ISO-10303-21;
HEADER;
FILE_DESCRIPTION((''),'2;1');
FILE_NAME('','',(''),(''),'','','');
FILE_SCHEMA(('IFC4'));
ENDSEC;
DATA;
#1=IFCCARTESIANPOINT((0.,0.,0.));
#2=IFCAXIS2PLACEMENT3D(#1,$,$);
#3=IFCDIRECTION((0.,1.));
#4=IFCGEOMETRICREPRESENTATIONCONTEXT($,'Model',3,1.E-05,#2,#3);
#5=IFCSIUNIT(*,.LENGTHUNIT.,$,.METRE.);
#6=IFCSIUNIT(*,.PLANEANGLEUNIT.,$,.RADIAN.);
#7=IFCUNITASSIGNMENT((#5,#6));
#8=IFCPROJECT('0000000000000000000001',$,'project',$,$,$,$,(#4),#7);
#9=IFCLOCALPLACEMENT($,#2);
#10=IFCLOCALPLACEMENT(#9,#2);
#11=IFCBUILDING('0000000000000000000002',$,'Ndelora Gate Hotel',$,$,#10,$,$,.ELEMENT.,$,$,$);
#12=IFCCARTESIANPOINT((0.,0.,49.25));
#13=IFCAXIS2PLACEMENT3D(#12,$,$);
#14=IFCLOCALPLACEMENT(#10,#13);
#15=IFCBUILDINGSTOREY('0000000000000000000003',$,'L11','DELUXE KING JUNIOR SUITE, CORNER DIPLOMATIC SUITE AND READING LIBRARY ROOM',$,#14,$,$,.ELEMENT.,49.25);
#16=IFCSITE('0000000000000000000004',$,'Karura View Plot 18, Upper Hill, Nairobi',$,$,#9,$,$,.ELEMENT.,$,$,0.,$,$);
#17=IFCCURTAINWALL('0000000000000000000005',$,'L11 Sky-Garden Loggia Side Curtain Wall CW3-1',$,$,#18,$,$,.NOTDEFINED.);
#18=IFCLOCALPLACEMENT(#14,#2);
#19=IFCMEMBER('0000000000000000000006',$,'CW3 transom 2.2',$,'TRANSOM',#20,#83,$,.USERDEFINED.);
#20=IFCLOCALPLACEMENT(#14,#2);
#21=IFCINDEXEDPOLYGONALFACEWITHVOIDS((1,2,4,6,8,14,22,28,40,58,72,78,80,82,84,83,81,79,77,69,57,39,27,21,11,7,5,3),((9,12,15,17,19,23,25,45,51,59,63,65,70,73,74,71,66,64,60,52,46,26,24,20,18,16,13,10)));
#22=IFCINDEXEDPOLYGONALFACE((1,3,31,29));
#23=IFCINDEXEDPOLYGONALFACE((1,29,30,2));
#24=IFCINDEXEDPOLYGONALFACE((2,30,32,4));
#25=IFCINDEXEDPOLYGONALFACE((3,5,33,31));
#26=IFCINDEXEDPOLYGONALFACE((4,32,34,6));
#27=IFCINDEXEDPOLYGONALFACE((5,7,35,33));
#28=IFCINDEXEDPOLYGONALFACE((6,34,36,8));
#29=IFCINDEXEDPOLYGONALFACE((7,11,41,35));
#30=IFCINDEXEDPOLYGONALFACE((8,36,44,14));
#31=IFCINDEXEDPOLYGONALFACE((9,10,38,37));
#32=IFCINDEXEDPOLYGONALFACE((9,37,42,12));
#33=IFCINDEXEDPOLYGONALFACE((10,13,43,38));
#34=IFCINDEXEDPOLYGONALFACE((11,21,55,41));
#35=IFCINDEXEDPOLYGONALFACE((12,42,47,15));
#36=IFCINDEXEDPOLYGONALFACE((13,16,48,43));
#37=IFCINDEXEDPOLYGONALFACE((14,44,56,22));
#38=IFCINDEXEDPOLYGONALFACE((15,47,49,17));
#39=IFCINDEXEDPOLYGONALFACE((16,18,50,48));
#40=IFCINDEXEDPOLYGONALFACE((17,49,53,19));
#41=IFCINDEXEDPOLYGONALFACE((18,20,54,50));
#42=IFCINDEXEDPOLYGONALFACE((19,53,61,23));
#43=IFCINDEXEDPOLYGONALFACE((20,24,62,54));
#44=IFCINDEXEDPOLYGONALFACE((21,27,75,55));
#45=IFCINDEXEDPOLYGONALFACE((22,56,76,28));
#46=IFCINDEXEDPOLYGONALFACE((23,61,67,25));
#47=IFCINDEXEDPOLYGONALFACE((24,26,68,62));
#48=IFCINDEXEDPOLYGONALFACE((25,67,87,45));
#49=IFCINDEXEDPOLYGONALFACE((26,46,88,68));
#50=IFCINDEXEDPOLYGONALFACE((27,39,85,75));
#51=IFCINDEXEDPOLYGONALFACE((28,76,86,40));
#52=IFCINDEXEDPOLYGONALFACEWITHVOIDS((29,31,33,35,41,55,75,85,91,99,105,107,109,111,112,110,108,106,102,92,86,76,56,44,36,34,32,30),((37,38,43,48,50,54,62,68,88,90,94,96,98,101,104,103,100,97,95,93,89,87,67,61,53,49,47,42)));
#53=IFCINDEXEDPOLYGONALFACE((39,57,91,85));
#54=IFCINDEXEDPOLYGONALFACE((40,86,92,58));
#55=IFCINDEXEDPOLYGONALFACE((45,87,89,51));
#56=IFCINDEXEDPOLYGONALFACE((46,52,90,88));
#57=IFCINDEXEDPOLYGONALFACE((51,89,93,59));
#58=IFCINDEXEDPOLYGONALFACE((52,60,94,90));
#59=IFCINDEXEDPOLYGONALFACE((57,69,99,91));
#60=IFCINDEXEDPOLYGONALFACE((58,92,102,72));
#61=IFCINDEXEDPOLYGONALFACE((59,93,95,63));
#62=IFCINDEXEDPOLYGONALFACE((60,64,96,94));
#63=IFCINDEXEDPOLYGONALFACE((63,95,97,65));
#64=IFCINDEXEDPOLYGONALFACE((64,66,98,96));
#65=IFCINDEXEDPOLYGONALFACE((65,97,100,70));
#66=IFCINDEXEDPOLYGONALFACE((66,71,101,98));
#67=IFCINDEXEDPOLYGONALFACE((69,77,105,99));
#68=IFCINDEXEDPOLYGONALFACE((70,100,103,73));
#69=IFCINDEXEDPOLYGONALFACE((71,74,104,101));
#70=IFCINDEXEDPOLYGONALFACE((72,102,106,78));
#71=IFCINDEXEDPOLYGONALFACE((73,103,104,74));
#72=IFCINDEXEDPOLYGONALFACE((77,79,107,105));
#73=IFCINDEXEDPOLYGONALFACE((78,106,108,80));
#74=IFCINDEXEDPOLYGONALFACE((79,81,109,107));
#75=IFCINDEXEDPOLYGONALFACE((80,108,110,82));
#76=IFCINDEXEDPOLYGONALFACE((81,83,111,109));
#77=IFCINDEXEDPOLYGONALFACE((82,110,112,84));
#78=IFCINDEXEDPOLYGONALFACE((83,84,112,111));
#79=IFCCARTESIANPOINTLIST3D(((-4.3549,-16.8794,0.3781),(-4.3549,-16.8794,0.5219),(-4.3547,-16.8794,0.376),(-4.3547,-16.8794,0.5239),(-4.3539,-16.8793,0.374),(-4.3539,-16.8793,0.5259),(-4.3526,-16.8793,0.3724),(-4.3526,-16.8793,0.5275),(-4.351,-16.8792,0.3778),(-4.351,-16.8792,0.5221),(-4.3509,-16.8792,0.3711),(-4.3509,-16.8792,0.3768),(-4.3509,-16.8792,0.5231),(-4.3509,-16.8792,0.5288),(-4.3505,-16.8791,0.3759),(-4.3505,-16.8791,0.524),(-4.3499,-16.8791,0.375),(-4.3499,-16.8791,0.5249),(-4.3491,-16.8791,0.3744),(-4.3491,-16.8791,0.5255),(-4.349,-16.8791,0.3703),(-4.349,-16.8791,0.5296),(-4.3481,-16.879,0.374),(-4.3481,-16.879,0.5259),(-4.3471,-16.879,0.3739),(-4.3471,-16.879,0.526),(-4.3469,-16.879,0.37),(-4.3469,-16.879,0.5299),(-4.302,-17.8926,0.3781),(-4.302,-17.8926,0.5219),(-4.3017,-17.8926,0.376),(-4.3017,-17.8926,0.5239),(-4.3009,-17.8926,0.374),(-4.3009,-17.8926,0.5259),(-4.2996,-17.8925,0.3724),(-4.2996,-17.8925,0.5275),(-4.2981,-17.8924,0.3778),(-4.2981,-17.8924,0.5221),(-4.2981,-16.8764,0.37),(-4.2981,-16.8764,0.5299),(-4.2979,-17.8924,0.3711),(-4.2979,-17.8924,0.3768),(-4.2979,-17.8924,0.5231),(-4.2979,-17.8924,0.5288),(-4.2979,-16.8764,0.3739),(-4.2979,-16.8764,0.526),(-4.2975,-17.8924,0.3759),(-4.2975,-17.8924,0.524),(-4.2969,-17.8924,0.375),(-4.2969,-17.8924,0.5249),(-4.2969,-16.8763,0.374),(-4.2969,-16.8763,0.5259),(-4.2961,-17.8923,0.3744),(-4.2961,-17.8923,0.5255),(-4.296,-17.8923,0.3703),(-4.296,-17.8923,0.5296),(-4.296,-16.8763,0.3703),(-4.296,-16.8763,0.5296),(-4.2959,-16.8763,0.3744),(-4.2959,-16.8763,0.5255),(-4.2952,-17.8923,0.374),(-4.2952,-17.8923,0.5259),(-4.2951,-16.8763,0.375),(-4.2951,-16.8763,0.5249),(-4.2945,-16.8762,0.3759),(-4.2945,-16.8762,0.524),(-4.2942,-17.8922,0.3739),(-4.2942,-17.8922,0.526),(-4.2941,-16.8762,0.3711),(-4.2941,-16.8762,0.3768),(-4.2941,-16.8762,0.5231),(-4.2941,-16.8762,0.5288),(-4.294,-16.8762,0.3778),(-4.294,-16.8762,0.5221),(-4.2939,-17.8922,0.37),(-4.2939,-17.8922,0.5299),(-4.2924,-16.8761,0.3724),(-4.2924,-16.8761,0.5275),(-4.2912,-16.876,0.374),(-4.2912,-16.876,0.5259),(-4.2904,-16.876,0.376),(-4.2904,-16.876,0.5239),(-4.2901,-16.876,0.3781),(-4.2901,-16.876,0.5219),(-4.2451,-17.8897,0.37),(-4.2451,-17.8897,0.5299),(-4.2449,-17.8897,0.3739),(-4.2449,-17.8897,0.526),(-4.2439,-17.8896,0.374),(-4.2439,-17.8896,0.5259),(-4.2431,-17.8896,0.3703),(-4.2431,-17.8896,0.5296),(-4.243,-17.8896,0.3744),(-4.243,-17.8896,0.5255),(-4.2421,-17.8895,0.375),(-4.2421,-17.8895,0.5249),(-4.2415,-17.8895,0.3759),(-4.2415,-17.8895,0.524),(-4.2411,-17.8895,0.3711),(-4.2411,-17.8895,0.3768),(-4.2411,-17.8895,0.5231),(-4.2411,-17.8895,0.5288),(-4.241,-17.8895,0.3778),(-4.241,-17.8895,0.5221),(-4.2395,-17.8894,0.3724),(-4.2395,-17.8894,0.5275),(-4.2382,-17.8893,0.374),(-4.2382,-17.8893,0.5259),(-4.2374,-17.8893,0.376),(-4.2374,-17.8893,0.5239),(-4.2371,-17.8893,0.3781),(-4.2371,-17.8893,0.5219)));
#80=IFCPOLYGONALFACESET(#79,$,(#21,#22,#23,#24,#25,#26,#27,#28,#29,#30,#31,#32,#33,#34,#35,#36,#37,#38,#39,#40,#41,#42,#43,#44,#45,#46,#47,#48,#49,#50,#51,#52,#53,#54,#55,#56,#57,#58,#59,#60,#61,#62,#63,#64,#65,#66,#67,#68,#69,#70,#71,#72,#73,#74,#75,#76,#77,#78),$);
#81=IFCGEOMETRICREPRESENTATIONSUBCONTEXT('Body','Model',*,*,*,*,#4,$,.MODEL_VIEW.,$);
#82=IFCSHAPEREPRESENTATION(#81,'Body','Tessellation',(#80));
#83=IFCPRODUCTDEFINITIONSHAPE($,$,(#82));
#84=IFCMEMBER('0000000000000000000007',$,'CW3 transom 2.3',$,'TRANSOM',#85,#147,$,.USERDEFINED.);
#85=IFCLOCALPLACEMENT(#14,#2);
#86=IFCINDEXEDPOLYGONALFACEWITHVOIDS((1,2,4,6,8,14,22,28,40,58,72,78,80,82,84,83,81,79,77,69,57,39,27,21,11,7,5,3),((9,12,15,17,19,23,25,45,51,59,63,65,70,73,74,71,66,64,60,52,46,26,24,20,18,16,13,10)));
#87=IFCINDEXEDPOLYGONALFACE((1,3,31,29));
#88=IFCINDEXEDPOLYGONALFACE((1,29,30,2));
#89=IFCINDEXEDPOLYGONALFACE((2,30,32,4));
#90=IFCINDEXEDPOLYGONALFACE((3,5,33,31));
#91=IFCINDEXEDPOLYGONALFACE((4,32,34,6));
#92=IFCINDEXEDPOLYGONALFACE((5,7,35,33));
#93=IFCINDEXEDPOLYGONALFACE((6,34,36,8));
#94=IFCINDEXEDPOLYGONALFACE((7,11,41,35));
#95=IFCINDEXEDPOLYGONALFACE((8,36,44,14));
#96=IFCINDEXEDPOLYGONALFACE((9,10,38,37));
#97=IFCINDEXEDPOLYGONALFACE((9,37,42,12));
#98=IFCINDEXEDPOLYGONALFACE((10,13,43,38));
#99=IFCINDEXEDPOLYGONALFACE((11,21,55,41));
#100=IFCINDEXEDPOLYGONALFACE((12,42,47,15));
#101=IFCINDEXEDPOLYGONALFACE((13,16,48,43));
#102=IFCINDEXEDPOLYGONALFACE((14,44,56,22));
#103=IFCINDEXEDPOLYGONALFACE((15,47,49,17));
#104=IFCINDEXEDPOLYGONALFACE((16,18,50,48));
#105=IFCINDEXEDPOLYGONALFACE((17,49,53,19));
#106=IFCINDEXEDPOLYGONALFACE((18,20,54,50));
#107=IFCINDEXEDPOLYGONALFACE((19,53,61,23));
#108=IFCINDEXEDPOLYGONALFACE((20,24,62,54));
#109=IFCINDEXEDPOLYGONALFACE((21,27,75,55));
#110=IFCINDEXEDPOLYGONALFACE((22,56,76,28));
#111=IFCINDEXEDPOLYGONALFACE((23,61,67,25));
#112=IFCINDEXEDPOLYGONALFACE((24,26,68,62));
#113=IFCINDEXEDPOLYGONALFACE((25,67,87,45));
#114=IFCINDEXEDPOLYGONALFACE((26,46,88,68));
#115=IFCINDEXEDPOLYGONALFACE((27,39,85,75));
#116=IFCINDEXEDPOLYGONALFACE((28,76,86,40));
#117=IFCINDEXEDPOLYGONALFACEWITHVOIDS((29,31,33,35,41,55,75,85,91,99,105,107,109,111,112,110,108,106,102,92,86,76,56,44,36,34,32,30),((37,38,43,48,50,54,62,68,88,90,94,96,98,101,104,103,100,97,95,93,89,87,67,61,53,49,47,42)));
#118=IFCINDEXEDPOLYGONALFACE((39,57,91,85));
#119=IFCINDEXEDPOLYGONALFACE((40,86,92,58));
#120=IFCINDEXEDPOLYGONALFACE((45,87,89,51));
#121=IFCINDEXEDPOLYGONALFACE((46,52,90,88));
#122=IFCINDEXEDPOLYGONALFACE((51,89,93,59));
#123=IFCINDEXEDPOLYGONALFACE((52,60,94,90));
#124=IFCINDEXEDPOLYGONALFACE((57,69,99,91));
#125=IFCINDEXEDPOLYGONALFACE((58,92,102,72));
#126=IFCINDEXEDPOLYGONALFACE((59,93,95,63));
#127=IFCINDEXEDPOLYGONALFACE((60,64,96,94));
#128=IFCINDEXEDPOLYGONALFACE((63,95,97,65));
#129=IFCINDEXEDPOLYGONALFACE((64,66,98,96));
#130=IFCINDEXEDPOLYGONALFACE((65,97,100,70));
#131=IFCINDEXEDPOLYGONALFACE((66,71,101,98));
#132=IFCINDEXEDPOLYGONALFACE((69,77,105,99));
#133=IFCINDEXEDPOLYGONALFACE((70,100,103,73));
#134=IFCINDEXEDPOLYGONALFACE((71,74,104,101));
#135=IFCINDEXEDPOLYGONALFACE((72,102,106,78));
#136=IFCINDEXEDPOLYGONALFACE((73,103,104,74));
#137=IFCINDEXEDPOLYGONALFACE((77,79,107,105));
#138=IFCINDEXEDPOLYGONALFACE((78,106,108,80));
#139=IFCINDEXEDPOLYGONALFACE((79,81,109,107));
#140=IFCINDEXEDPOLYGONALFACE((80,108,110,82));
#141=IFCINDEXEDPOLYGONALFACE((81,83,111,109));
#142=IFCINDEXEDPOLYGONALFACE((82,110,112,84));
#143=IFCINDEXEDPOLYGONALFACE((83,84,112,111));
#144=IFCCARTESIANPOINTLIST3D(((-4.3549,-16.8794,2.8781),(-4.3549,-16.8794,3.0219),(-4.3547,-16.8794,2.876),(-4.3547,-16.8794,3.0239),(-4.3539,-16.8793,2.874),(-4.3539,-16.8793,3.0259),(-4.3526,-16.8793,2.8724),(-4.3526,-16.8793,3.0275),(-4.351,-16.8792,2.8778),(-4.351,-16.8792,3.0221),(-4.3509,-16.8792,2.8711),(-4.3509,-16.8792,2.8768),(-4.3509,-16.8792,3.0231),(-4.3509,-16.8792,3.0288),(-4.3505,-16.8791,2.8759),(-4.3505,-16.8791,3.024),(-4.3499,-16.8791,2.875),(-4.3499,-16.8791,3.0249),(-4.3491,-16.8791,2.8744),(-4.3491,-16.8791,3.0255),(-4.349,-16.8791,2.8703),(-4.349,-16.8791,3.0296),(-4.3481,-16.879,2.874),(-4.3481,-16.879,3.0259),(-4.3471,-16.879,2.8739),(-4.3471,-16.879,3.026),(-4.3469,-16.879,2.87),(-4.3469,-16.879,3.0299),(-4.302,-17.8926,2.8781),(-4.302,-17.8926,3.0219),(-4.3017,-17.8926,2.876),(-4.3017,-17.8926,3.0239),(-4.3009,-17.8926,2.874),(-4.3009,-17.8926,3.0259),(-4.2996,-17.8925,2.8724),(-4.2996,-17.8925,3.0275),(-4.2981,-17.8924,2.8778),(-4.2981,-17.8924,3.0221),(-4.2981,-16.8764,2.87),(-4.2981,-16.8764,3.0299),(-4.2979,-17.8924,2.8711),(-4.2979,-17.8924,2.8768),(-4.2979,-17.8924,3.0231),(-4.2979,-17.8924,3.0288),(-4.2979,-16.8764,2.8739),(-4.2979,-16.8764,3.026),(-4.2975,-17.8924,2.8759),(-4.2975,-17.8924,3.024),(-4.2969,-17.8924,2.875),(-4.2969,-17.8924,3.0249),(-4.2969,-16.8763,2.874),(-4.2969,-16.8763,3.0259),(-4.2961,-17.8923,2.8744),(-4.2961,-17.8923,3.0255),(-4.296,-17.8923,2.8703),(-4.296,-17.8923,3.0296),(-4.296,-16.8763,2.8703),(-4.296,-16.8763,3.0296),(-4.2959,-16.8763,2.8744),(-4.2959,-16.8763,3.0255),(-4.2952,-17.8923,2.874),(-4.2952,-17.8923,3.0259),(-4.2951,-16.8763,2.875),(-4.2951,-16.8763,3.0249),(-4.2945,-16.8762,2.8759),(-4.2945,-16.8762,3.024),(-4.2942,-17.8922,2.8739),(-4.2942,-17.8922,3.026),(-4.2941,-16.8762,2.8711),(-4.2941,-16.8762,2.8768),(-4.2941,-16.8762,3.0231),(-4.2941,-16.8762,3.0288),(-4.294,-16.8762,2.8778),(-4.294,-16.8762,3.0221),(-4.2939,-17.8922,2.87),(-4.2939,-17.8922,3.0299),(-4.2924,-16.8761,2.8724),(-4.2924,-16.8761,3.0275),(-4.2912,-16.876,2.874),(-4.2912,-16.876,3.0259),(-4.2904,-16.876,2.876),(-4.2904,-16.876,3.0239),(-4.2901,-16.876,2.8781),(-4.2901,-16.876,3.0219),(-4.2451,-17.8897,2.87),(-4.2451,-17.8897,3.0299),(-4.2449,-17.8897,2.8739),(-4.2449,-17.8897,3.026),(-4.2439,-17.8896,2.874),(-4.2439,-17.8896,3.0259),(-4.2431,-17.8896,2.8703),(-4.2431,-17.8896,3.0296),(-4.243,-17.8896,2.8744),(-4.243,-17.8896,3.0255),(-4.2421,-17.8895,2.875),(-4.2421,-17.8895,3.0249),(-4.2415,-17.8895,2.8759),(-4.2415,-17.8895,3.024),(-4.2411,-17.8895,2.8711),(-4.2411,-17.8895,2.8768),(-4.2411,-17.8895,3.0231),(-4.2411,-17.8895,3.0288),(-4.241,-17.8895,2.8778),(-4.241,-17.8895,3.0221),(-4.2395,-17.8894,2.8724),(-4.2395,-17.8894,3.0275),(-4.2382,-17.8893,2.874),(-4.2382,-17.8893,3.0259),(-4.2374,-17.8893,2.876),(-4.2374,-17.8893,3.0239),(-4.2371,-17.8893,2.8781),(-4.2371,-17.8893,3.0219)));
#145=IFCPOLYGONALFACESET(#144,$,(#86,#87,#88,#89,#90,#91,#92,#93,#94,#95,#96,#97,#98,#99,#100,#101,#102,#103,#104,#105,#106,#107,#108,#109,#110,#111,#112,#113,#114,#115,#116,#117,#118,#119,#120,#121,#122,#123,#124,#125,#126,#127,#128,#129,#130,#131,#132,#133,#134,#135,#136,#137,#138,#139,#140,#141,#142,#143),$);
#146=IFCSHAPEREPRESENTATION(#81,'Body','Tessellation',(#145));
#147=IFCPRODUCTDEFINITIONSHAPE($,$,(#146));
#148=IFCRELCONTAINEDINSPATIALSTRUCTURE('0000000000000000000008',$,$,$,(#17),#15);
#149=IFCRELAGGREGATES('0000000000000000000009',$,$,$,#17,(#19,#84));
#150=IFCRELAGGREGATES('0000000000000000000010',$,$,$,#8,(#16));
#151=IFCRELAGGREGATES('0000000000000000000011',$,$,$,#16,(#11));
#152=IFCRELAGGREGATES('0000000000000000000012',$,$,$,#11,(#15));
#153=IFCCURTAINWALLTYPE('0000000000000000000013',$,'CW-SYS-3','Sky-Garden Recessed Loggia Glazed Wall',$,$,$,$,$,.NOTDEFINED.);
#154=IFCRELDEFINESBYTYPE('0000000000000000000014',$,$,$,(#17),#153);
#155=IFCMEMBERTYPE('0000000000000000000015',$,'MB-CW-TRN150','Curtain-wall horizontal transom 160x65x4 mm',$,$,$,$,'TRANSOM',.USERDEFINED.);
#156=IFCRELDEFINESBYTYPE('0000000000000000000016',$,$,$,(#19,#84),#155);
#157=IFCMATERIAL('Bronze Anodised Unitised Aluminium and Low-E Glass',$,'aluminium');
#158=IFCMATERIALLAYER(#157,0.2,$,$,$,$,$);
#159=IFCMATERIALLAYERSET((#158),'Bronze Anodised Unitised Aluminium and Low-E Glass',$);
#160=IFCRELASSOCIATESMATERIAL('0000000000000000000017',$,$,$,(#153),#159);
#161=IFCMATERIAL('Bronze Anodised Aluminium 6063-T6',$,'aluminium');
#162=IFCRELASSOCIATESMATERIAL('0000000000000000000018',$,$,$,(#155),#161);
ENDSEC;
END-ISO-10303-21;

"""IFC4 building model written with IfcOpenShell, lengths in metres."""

from ifc_helpers import new_model, si_unit, direction, frame, origin, origin_2d, place, context, subcontext, project, spatial, hollow_rectangle, extrude, material, layer, layer_set, material_profile, profile_set, type_object, element, aggregate, save


model = new_model("IFC4")

# Units and contexts
model_context = context("Model", 3, precision=1e-05, world=origin(), true_north=direction((0.0, 1.0)))
body_context = subcontext(model_context, "Body", "Model", "MODEL_VIEW")
ifc_project = project(units=[si_unit("LENGTHUNIT", "METRE"), si_unit("PLANEANGLEUNIT", "RADIAN")], contexts=[model_context])

# Site, building, storey
site_placement = place(None, origin())
site = spatial("IfcSite", under=ifc_project, at=site_placement, Name="Karura View Plot 18, Upper Hill, Nairobi", CompositionType="ELEMENT", RefElevation=0.0)
building_placement = place(site_placement, origin())
building = spatial("IfcBuilding", under=site, at=building_placement, Name="Ndelora Gate Hotel", CompositionType="ELEMENT")
storey_placement = place(building_placement, frame((0.0, 0.0, 49.25)))
storey = spatial("IfcBuildingStorey", under=building, at=storey_placement, Name="L11", Description="DELUXE KING JUNIOR SUITE, CORNER DIPLOMATIC SUITE AND READING LIBRARY ROOM", CompositionType="ELEMENT", Elevation=49.25)

# Curtain wall, members
ifc_material_1 = material(Name="Bronze Anodised Unitised Aluminium and Low-E Glass", Category="aluminium")
ifc_layer_1 = layer(ifc_material_1, 0.2)
ifc_layer_set_1 = layer_set([ifc_layer_1], Name="Bronze Anodised Unitised Aluminium and Low-E Glass")
curtain_wall_type = type_object("IfcCurtainWallType", Name="CW-SYS-3", Description="Sky-Garden Recessed Loggia Glazed Wall", PredefinedType="NOTDEFINED", material=ifc_layer_set_1)
curtain_wall_placement = place(storey_placement, origin())
curtain_wall = element("IfcCurtainWall", 1, at=curtain_wall_placement, inside=storey, type_object=curtain_wall_type, Name="L11 Sky-Garden Loggia Side Curtain Wall CW3-1", PredefinedType="NOTDEFINED")
ifc_material_2 = material(Name="Bronze Anodised Aluminium 6063-T6", Category="aluminium")
ifc_material_profile_1 = material_profile(ifc_material_2, hollow_rectangle(XDim=0.0649, YDim=0.1599, WallThickness=0.0039, InnerFilletRadius=0.0039, OuterFilletRadius=0.0081, at=origin_2d()), Name="ALU 160x65x4")
ifc_profile_set_1 = profile_set([ifc_material_profile_1], Name="Bronze Anodised Aluminium 6063-T6")
member_type_1 = type_object("IfcMemberType", Name="MB-CW-TRN150", Description="Curtain-wall horizontal transom 160x65x4 mm", ElementType="TRANSOM", PredefinedType="USERDEFINED", material=ifc_profile_set_1)
member_1_placement = place(storey_placement, frame((-4.3225, -16.8777, 0.45), z_axis=(0.052218, -0.998636, 0.0), x_axis=(0.998636, 0.052218, 0.0)))
member_1 = element("IfcMember", 2, at=member_1_placement, type_object=member_type_1, Name="CW3 transom 2.2", ObjectType="TRANSOM", PredefinedType="USERDEFINED", context=body_context, shape_type="SweptSolid", body=[
    extrude(hollow_rectangle(XDim=0.0649, YDim=0.1599, WallThickness=0.0039, InnerFilletRadius=0.0039, OuterFilletRadius=0.0081, at=origin_2d()), origin(), (0.0, 0.0, 1.0), 1.0146),
])
member_2_placement = place(storey_placement, frame((-4.3225, -16.8777, 2.95), z_axis=(0.052218, -0.998636, 0.0), x_axis=(0.998636, 0.052218, 0.0)))
member_2 = element("IfcMember", 3, at=member_2_placement, type_object=member_type_1, Name="CW3 transom 2.3", ObjectType="TRANSOM", PredefinedType="USERDEFINED", context=body_context, shape_type="SweptSolid", body=[
    extrude(hollow_rectangle(XDim=0.0649, YDim=0.1599, WallThickness=0.0039, InnerFilletRadius=0.0039, OuterFilletRadius=0.0081, at=origin_2d()), origin(), (0.0, 0.0, 1.0), 1.0146),
])
aggregate(curtain_wall, [member_1, member_2])

save(model, "model.ifc")
